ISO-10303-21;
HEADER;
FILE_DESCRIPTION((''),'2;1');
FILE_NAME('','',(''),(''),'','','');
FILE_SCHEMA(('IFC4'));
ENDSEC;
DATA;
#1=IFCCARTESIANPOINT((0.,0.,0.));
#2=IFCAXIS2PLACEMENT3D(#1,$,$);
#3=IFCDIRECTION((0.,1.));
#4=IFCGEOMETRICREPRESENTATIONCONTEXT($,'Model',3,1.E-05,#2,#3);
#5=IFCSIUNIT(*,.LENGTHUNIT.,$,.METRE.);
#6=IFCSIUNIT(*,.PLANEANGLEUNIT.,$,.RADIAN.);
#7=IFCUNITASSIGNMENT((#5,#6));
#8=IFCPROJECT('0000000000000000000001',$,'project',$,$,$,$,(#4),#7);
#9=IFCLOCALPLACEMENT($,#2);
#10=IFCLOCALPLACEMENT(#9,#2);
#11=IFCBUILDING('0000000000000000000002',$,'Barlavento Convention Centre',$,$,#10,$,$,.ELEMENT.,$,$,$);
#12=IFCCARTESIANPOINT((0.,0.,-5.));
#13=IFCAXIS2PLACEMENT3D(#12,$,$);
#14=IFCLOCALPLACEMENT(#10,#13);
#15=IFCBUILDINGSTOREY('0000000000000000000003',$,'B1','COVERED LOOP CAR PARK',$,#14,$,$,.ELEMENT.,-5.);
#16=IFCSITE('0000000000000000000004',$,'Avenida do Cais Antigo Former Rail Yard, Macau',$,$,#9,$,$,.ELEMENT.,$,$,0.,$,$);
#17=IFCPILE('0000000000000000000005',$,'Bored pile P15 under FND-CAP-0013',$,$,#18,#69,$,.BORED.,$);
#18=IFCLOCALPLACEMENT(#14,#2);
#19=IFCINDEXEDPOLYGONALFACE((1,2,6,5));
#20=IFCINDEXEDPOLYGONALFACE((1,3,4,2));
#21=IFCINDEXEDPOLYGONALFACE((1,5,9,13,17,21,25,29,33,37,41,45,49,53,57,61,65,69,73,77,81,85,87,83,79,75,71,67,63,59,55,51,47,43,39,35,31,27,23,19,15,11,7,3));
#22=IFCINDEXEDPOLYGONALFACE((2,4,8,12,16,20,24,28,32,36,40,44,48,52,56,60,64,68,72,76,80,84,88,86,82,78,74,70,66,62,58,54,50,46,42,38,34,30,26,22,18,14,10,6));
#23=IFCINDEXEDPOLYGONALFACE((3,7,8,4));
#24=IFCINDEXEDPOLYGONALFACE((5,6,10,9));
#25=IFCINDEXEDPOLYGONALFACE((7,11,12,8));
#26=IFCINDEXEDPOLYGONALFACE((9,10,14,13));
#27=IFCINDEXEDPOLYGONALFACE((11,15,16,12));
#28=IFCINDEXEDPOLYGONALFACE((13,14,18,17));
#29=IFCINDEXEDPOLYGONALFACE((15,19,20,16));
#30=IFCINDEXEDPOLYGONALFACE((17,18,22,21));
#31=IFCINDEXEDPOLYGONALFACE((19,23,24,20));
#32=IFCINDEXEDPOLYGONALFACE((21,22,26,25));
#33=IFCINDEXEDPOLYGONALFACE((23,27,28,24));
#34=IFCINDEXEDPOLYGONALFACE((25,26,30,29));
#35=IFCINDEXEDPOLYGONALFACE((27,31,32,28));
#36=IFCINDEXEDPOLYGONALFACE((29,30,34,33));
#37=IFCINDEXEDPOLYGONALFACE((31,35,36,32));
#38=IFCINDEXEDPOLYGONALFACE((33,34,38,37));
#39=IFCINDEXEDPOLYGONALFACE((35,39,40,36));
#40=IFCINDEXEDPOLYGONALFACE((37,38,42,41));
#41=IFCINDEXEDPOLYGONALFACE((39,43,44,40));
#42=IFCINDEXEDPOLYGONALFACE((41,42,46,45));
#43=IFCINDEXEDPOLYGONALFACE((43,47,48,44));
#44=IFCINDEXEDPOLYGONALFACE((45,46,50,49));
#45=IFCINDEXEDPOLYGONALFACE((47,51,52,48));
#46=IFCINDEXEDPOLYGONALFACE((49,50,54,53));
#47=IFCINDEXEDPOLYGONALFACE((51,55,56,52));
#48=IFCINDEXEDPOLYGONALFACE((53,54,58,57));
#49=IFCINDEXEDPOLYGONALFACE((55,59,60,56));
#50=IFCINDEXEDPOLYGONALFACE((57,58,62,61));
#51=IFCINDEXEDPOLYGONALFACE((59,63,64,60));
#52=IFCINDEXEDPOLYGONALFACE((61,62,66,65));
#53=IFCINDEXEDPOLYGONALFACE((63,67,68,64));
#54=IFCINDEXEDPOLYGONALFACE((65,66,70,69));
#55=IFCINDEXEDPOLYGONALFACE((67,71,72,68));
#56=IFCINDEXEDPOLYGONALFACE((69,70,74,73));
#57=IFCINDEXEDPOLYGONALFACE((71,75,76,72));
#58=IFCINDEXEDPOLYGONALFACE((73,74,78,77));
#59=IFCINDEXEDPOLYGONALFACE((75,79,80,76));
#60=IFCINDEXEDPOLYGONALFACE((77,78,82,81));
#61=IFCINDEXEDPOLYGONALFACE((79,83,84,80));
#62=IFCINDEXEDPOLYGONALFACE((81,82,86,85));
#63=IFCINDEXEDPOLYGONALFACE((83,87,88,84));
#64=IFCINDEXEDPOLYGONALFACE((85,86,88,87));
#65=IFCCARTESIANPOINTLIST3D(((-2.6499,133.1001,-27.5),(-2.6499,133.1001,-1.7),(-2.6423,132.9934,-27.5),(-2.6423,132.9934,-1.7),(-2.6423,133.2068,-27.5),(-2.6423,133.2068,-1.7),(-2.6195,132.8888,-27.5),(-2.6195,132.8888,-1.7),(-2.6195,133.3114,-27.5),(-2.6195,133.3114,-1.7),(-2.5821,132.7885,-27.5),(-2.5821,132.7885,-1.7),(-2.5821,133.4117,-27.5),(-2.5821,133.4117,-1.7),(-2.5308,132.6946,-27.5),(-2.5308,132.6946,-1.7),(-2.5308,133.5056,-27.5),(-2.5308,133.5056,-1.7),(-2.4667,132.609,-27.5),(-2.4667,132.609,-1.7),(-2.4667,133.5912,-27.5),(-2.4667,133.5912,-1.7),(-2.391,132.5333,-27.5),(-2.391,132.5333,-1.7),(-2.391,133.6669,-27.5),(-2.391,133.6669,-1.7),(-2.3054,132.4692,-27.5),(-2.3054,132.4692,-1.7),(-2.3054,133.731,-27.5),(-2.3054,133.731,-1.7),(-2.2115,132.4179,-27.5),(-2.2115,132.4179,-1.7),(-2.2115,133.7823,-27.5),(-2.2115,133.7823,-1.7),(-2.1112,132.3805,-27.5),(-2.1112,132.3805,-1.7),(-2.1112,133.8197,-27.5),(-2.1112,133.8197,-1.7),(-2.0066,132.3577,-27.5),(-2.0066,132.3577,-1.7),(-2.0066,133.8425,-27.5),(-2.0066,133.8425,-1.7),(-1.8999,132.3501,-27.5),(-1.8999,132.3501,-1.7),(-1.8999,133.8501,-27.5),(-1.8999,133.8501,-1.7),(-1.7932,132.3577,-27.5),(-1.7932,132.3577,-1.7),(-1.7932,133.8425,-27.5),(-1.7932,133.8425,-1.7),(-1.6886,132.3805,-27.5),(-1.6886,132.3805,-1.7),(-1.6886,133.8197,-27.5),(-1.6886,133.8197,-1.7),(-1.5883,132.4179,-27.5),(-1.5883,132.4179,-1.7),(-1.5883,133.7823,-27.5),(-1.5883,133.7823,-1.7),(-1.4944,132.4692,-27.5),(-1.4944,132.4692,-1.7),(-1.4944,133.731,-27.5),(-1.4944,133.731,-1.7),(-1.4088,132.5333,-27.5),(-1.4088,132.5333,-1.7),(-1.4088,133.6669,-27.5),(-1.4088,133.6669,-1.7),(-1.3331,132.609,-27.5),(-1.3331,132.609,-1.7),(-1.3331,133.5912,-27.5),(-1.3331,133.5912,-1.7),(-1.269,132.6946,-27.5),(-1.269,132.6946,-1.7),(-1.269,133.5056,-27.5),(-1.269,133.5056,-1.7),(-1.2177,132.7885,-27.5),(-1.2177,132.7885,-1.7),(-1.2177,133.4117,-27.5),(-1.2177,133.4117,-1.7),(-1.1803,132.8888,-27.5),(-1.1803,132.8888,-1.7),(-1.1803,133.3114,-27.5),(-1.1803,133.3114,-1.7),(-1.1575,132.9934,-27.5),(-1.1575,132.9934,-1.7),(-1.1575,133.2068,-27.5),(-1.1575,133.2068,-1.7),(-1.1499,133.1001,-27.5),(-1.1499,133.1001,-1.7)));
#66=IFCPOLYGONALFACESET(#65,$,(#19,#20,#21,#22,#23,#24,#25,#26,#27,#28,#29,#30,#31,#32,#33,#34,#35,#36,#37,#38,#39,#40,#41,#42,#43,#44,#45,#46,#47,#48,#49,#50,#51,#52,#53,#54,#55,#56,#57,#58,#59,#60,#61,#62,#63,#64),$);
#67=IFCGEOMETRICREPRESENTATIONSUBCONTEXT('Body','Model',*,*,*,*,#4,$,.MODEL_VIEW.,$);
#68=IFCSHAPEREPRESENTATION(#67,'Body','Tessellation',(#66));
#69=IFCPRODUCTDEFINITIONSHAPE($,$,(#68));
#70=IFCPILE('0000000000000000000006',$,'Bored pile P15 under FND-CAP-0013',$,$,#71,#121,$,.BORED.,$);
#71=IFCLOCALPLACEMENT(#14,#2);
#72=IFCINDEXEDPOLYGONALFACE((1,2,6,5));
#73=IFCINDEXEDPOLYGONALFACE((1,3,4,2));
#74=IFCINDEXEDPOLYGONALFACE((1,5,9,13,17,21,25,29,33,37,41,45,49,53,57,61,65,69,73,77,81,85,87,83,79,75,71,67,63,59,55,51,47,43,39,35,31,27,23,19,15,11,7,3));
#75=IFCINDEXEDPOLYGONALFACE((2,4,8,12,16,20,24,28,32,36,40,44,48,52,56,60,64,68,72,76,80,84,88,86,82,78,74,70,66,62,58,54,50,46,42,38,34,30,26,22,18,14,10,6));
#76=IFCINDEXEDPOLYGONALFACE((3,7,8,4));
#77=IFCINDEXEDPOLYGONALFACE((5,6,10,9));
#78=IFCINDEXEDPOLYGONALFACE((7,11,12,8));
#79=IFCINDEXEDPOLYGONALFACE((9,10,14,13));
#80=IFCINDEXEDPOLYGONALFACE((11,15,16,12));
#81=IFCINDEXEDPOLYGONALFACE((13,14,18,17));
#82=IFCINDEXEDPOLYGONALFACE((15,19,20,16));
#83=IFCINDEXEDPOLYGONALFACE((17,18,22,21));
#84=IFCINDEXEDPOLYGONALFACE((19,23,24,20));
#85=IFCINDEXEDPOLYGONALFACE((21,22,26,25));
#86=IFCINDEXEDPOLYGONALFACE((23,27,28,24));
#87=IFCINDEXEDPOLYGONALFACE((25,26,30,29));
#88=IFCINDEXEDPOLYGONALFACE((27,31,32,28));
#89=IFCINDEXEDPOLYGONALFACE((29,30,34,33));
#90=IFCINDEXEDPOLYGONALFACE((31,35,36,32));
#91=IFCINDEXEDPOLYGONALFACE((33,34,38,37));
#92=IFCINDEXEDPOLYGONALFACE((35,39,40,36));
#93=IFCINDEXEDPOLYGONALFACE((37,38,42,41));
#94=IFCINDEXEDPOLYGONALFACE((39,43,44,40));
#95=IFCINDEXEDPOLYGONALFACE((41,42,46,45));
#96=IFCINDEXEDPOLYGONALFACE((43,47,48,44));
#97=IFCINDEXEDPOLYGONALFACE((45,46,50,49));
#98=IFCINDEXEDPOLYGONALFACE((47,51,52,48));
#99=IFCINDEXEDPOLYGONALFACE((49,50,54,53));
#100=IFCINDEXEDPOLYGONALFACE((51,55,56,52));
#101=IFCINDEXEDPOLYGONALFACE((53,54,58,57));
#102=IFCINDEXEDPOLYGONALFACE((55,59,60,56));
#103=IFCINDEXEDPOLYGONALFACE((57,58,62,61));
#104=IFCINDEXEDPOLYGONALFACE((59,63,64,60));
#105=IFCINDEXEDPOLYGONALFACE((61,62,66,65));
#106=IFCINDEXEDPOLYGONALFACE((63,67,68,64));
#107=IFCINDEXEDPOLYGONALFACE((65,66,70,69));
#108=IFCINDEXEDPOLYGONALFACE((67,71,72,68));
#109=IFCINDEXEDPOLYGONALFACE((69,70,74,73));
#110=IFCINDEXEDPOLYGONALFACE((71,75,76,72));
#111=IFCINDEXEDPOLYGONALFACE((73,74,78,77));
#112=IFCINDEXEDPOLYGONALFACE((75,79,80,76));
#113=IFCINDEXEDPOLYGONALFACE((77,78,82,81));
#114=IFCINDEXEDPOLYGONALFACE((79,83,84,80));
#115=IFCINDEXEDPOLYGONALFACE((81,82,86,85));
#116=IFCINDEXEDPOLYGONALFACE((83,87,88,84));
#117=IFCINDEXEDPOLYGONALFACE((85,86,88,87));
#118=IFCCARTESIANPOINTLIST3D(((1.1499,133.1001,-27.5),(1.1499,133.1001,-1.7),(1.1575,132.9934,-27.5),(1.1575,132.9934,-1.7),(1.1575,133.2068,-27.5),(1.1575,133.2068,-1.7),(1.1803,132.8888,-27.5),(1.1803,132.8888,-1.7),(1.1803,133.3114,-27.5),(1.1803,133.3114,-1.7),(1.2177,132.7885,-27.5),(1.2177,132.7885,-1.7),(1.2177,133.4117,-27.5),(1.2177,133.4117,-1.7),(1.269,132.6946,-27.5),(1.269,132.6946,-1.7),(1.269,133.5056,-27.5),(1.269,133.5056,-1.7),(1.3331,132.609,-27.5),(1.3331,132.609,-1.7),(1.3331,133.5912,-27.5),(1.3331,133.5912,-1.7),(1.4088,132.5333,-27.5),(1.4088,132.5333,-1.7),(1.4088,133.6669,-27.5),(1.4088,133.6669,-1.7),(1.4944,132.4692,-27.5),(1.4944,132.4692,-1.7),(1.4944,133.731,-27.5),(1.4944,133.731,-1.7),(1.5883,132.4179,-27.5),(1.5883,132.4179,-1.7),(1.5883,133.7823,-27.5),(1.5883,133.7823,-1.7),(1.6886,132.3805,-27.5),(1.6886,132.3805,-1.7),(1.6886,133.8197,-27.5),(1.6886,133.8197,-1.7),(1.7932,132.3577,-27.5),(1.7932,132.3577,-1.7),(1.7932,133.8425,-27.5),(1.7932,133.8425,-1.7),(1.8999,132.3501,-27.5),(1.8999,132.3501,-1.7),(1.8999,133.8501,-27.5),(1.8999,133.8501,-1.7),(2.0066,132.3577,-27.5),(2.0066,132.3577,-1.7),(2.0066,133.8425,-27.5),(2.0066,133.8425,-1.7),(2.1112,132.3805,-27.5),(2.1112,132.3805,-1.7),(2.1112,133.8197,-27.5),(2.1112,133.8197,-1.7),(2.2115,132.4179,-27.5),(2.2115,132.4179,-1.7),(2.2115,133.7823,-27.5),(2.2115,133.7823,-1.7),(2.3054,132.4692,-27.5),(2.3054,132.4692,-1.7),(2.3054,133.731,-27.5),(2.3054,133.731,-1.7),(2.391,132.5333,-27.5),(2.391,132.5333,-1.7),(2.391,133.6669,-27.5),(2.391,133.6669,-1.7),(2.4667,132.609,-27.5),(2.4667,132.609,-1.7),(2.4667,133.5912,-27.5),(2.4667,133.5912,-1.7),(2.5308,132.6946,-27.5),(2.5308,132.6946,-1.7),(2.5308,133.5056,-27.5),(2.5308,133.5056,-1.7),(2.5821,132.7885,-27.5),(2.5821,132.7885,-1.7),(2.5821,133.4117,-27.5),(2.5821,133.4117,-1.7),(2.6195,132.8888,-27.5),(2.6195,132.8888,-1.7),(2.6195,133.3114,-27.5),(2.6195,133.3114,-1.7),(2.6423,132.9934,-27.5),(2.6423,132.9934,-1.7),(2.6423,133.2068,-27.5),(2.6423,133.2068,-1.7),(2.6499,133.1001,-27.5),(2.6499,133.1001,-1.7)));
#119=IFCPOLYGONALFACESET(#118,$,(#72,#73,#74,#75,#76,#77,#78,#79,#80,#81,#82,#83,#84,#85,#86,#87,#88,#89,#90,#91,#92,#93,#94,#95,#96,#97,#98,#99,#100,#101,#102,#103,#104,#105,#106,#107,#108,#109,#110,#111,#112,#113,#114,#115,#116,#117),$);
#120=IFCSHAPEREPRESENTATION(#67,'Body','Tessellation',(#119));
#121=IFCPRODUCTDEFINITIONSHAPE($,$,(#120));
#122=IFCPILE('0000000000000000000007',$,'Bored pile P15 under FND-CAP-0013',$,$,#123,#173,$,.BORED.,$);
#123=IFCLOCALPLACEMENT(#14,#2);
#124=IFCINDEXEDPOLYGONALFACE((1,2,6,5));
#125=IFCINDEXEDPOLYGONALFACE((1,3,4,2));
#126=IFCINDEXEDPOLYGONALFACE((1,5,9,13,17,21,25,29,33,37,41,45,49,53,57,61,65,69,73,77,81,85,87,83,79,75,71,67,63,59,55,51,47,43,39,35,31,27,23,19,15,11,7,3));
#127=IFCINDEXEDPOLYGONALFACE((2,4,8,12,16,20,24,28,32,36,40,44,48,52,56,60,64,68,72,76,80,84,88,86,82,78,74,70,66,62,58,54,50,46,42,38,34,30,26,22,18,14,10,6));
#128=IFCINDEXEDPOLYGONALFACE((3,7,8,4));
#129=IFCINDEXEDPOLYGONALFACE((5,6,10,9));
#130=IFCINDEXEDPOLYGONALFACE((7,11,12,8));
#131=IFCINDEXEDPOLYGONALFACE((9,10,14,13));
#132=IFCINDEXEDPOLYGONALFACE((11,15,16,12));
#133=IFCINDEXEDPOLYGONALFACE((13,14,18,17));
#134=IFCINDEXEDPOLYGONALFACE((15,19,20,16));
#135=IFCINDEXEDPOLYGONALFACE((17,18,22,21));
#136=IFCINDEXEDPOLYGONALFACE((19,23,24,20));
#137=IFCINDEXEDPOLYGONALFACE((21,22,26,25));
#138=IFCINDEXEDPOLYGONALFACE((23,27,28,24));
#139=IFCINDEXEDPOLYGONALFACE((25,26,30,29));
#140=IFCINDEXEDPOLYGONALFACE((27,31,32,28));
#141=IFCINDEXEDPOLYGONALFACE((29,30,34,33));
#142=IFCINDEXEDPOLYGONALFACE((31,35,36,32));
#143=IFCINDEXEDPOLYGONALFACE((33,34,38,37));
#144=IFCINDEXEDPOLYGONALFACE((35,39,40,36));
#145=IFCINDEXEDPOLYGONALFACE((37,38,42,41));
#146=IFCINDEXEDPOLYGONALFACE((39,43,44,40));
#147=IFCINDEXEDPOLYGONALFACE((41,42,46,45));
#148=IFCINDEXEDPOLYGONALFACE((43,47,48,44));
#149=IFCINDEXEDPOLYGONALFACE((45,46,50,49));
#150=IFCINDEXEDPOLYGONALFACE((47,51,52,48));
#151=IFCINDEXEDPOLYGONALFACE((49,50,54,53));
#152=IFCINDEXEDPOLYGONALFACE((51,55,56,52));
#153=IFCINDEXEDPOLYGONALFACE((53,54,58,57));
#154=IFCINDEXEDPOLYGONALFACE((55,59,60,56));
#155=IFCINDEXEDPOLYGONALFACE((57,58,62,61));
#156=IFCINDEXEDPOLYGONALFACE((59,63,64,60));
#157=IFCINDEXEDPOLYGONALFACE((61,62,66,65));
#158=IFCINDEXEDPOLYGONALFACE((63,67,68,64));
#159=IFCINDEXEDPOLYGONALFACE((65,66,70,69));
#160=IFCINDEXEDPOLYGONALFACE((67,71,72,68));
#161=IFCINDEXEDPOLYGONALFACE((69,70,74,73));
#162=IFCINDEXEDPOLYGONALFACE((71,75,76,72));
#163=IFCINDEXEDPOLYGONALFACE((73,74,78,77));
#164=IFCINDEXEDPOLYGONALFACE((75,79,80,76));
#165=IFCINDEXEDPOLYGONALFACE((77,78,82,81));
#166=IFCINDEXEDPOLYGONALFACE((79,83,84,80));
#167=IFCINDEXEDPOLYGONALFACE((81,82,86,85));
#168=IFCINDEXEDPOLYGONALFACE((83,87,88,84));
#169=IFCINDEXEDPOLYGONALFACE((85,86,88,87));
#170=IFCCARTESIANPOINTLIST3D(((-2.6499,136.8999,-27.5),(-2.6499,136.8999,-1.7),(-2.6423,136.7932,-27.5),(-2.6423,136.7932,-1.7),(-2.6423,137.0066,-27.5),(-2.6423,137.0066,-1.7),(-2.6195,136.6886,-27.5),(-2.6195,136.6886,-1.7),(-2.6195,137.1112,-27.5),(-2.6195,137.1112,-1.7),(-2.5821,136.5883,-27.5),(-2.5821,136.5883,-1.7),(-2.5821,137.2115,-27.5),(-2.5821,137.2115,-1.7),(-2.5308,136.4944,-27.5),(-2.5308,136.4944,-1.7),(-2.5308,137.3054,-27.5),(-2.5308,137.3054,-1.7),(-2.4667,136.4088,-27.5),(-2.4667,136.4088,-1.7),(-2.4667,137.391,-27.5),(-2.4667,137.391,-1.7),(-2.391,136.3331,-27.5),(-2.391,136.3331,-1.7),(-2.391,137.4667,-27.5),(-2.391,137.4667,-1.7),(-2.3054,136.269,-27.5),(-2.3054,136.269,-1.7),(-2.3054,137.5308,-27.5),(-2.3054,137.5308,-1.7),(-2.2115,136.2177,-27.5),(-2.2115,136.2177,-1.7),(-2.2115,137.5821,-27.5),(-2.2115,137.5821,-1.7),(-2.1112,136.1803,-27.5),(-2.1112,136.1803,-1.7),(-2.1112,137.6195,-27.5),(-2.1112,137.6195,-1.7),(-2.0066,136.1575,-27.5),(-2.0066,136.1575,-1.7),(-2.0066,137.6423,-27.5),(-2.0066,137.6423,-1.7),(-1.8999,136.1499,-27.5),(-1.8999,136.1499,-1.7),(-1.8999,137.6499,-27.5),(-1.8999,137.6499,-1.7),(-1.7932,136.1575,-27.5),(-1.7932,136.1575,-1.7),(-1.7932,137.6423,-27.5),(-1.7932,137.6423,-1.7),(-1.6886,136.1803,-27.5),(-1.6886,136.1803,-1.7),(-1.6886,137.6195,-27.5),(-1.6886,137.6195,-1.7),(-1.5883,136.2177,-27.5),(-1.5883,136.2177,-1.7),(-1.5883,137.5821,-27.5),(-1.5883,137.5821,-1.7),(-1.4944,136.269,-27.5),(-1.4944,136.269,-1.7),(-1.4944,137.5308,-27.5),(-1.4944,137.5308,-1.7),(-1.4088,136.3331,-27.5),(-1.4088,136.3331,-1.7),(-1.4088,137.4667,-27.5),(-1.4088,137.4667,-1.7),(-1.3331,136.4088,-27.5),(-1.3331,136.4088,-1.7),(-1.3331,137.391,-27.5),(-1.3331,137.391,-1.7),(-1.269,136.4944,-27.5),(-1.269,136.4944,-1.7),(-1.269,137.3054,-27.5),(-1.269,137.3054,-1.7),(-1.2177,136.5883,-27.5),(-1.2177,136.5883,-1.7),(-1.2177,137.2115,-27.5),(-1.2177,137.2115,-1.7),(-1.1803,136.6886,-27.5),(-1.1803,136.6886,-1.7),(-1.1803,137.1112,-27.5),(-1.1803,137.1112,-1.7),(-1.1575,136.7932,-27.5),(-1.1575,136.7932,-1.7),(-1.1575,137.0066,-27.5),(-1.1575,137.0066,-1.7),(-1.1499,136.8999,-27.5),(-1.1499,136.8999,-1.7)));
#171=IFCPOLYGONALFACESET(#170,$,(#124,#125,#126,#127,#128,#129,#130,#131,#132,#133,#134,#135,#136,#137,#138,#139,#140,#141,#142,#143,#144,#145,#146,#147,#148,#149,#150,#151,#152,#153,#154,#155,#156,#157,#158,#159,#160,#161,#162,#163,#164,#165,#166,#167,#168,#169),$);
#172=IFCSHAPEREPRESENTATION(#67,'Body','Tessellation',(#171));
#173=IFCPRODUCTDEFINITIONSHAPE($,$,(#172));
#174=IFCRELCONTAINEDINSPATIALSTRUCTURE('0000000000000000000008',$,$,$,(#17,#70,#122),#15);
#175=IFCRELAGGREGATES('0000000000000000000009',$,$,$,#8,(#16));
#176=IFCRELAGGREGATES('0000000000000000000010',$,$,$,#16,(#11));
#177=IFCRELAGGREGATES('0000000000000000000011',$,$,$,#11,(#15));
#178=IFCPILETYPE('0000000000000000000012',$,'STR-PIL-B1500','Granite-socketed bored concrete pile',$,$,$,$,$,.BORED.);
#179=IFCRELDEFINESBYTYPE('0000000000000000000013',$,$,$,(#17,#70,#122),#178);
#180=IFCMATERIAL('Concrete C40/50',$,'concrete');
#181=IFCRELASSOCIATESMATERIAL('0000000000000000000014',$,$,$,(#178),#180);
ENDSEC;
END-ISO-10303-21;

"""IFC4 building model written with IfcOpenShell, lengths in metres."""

from ifc_helpers import new_model, si_unit, direction, frame, origin, origin_2d, place, context, subcontext, project, spatial, circle, extrude, material, material_profile, profile_set, type_object, element, save


model = new_model("IFC4")

# Units and contexts
model_context = context("Model", 3, precision=1e-05, world=origin(), true_north=direction((0.0, 1.0)))
body_context = subcontext(model_context, "Body", "Model", "MODEL_VIEW")
ifc_project = project(units=[si_unit("LENGTHUNIT", "METRE"), si_unit("PLANEANGLEUNIT", "RADIAN")], contexts=[model_context])

# Site, building, storey
site_placement = place(None, origin())
site = spatial("IfcSite", under=ifc_project, at=site_placement, Name="Avenida do Cais Antigo Former Rail Yard, Macau", CompositionType="ELEMENT", RefElevation=0.0)
building_placement = place(site_placement, origin())
building = spatial("IfcBuilding", under=site, at=building_placement, Name="Barlavento Convention Centre", CompositionType="ELEMENT")
storey_placement = place(building_placement, frame((0.0, 0.0, -5.0)))
storey = spatial("IfcBuildingStorey", under=building, at=storey_placement, Name="B1", Description="COVERED LOOP CAR PARK", CompositionType="ELEMENT", Elevation=-5.0)

# Shared definitions
ifc_material_1 = material(Name="Concrete C40/50", Category="concrete")

# Piles
ifc_material_profile_1 = material_profile(ifc_material_1, circle(Radius=0.75, at=origin_2d()), Name="BORED PILE 1500")
ifc_profile_set_1 = profile_set([ifc_material_profile_1], Name="Concrete C40/50")
pile_type_1 = type_object("IfcPileType", Name="STR-PIL-B1500", Description="Granite-socketed bored concrete pile", PredefinedType="BORED", material=ifc_profile_set_1)
for number, where, z_axis, x_axis, name in (
    (1, (-1.8999, 133.1001, -1.7), (0.0, 0.0, -1.0), (1.0, 0.0, 0.0), "Bored pile P15 under FND-CAP-0013"),
    (2, (1.8999, 133.1001, -1.7), (0.0, 0.0, -1.0), (1.0, 0.0, 0.0), "Bored pile P15 under FND-CAP-0013"),
    (3, (-1.8999, 136.8999, -1.7), (0.0, 0.0, -1.0), (1.0, 0.0, 0.0), "Bored pile P15 under FND-CAP-0013"),
):
    element("IfcPile", number, at=place(storey_placement, frame(where, z_axis=z_axis, x_axis=x_axis)), inside=storey, type_object=pile_type_1, Name=name, PredefinedType="BORED", context=body_context, shape_type="SweptSolid", body=[
        extrude(circle(Radius=0.75, at=origin_2d()), origin(), (0.0, 0.0, 1.0), 25.8),
    ])

save(model, "model.ifc")
